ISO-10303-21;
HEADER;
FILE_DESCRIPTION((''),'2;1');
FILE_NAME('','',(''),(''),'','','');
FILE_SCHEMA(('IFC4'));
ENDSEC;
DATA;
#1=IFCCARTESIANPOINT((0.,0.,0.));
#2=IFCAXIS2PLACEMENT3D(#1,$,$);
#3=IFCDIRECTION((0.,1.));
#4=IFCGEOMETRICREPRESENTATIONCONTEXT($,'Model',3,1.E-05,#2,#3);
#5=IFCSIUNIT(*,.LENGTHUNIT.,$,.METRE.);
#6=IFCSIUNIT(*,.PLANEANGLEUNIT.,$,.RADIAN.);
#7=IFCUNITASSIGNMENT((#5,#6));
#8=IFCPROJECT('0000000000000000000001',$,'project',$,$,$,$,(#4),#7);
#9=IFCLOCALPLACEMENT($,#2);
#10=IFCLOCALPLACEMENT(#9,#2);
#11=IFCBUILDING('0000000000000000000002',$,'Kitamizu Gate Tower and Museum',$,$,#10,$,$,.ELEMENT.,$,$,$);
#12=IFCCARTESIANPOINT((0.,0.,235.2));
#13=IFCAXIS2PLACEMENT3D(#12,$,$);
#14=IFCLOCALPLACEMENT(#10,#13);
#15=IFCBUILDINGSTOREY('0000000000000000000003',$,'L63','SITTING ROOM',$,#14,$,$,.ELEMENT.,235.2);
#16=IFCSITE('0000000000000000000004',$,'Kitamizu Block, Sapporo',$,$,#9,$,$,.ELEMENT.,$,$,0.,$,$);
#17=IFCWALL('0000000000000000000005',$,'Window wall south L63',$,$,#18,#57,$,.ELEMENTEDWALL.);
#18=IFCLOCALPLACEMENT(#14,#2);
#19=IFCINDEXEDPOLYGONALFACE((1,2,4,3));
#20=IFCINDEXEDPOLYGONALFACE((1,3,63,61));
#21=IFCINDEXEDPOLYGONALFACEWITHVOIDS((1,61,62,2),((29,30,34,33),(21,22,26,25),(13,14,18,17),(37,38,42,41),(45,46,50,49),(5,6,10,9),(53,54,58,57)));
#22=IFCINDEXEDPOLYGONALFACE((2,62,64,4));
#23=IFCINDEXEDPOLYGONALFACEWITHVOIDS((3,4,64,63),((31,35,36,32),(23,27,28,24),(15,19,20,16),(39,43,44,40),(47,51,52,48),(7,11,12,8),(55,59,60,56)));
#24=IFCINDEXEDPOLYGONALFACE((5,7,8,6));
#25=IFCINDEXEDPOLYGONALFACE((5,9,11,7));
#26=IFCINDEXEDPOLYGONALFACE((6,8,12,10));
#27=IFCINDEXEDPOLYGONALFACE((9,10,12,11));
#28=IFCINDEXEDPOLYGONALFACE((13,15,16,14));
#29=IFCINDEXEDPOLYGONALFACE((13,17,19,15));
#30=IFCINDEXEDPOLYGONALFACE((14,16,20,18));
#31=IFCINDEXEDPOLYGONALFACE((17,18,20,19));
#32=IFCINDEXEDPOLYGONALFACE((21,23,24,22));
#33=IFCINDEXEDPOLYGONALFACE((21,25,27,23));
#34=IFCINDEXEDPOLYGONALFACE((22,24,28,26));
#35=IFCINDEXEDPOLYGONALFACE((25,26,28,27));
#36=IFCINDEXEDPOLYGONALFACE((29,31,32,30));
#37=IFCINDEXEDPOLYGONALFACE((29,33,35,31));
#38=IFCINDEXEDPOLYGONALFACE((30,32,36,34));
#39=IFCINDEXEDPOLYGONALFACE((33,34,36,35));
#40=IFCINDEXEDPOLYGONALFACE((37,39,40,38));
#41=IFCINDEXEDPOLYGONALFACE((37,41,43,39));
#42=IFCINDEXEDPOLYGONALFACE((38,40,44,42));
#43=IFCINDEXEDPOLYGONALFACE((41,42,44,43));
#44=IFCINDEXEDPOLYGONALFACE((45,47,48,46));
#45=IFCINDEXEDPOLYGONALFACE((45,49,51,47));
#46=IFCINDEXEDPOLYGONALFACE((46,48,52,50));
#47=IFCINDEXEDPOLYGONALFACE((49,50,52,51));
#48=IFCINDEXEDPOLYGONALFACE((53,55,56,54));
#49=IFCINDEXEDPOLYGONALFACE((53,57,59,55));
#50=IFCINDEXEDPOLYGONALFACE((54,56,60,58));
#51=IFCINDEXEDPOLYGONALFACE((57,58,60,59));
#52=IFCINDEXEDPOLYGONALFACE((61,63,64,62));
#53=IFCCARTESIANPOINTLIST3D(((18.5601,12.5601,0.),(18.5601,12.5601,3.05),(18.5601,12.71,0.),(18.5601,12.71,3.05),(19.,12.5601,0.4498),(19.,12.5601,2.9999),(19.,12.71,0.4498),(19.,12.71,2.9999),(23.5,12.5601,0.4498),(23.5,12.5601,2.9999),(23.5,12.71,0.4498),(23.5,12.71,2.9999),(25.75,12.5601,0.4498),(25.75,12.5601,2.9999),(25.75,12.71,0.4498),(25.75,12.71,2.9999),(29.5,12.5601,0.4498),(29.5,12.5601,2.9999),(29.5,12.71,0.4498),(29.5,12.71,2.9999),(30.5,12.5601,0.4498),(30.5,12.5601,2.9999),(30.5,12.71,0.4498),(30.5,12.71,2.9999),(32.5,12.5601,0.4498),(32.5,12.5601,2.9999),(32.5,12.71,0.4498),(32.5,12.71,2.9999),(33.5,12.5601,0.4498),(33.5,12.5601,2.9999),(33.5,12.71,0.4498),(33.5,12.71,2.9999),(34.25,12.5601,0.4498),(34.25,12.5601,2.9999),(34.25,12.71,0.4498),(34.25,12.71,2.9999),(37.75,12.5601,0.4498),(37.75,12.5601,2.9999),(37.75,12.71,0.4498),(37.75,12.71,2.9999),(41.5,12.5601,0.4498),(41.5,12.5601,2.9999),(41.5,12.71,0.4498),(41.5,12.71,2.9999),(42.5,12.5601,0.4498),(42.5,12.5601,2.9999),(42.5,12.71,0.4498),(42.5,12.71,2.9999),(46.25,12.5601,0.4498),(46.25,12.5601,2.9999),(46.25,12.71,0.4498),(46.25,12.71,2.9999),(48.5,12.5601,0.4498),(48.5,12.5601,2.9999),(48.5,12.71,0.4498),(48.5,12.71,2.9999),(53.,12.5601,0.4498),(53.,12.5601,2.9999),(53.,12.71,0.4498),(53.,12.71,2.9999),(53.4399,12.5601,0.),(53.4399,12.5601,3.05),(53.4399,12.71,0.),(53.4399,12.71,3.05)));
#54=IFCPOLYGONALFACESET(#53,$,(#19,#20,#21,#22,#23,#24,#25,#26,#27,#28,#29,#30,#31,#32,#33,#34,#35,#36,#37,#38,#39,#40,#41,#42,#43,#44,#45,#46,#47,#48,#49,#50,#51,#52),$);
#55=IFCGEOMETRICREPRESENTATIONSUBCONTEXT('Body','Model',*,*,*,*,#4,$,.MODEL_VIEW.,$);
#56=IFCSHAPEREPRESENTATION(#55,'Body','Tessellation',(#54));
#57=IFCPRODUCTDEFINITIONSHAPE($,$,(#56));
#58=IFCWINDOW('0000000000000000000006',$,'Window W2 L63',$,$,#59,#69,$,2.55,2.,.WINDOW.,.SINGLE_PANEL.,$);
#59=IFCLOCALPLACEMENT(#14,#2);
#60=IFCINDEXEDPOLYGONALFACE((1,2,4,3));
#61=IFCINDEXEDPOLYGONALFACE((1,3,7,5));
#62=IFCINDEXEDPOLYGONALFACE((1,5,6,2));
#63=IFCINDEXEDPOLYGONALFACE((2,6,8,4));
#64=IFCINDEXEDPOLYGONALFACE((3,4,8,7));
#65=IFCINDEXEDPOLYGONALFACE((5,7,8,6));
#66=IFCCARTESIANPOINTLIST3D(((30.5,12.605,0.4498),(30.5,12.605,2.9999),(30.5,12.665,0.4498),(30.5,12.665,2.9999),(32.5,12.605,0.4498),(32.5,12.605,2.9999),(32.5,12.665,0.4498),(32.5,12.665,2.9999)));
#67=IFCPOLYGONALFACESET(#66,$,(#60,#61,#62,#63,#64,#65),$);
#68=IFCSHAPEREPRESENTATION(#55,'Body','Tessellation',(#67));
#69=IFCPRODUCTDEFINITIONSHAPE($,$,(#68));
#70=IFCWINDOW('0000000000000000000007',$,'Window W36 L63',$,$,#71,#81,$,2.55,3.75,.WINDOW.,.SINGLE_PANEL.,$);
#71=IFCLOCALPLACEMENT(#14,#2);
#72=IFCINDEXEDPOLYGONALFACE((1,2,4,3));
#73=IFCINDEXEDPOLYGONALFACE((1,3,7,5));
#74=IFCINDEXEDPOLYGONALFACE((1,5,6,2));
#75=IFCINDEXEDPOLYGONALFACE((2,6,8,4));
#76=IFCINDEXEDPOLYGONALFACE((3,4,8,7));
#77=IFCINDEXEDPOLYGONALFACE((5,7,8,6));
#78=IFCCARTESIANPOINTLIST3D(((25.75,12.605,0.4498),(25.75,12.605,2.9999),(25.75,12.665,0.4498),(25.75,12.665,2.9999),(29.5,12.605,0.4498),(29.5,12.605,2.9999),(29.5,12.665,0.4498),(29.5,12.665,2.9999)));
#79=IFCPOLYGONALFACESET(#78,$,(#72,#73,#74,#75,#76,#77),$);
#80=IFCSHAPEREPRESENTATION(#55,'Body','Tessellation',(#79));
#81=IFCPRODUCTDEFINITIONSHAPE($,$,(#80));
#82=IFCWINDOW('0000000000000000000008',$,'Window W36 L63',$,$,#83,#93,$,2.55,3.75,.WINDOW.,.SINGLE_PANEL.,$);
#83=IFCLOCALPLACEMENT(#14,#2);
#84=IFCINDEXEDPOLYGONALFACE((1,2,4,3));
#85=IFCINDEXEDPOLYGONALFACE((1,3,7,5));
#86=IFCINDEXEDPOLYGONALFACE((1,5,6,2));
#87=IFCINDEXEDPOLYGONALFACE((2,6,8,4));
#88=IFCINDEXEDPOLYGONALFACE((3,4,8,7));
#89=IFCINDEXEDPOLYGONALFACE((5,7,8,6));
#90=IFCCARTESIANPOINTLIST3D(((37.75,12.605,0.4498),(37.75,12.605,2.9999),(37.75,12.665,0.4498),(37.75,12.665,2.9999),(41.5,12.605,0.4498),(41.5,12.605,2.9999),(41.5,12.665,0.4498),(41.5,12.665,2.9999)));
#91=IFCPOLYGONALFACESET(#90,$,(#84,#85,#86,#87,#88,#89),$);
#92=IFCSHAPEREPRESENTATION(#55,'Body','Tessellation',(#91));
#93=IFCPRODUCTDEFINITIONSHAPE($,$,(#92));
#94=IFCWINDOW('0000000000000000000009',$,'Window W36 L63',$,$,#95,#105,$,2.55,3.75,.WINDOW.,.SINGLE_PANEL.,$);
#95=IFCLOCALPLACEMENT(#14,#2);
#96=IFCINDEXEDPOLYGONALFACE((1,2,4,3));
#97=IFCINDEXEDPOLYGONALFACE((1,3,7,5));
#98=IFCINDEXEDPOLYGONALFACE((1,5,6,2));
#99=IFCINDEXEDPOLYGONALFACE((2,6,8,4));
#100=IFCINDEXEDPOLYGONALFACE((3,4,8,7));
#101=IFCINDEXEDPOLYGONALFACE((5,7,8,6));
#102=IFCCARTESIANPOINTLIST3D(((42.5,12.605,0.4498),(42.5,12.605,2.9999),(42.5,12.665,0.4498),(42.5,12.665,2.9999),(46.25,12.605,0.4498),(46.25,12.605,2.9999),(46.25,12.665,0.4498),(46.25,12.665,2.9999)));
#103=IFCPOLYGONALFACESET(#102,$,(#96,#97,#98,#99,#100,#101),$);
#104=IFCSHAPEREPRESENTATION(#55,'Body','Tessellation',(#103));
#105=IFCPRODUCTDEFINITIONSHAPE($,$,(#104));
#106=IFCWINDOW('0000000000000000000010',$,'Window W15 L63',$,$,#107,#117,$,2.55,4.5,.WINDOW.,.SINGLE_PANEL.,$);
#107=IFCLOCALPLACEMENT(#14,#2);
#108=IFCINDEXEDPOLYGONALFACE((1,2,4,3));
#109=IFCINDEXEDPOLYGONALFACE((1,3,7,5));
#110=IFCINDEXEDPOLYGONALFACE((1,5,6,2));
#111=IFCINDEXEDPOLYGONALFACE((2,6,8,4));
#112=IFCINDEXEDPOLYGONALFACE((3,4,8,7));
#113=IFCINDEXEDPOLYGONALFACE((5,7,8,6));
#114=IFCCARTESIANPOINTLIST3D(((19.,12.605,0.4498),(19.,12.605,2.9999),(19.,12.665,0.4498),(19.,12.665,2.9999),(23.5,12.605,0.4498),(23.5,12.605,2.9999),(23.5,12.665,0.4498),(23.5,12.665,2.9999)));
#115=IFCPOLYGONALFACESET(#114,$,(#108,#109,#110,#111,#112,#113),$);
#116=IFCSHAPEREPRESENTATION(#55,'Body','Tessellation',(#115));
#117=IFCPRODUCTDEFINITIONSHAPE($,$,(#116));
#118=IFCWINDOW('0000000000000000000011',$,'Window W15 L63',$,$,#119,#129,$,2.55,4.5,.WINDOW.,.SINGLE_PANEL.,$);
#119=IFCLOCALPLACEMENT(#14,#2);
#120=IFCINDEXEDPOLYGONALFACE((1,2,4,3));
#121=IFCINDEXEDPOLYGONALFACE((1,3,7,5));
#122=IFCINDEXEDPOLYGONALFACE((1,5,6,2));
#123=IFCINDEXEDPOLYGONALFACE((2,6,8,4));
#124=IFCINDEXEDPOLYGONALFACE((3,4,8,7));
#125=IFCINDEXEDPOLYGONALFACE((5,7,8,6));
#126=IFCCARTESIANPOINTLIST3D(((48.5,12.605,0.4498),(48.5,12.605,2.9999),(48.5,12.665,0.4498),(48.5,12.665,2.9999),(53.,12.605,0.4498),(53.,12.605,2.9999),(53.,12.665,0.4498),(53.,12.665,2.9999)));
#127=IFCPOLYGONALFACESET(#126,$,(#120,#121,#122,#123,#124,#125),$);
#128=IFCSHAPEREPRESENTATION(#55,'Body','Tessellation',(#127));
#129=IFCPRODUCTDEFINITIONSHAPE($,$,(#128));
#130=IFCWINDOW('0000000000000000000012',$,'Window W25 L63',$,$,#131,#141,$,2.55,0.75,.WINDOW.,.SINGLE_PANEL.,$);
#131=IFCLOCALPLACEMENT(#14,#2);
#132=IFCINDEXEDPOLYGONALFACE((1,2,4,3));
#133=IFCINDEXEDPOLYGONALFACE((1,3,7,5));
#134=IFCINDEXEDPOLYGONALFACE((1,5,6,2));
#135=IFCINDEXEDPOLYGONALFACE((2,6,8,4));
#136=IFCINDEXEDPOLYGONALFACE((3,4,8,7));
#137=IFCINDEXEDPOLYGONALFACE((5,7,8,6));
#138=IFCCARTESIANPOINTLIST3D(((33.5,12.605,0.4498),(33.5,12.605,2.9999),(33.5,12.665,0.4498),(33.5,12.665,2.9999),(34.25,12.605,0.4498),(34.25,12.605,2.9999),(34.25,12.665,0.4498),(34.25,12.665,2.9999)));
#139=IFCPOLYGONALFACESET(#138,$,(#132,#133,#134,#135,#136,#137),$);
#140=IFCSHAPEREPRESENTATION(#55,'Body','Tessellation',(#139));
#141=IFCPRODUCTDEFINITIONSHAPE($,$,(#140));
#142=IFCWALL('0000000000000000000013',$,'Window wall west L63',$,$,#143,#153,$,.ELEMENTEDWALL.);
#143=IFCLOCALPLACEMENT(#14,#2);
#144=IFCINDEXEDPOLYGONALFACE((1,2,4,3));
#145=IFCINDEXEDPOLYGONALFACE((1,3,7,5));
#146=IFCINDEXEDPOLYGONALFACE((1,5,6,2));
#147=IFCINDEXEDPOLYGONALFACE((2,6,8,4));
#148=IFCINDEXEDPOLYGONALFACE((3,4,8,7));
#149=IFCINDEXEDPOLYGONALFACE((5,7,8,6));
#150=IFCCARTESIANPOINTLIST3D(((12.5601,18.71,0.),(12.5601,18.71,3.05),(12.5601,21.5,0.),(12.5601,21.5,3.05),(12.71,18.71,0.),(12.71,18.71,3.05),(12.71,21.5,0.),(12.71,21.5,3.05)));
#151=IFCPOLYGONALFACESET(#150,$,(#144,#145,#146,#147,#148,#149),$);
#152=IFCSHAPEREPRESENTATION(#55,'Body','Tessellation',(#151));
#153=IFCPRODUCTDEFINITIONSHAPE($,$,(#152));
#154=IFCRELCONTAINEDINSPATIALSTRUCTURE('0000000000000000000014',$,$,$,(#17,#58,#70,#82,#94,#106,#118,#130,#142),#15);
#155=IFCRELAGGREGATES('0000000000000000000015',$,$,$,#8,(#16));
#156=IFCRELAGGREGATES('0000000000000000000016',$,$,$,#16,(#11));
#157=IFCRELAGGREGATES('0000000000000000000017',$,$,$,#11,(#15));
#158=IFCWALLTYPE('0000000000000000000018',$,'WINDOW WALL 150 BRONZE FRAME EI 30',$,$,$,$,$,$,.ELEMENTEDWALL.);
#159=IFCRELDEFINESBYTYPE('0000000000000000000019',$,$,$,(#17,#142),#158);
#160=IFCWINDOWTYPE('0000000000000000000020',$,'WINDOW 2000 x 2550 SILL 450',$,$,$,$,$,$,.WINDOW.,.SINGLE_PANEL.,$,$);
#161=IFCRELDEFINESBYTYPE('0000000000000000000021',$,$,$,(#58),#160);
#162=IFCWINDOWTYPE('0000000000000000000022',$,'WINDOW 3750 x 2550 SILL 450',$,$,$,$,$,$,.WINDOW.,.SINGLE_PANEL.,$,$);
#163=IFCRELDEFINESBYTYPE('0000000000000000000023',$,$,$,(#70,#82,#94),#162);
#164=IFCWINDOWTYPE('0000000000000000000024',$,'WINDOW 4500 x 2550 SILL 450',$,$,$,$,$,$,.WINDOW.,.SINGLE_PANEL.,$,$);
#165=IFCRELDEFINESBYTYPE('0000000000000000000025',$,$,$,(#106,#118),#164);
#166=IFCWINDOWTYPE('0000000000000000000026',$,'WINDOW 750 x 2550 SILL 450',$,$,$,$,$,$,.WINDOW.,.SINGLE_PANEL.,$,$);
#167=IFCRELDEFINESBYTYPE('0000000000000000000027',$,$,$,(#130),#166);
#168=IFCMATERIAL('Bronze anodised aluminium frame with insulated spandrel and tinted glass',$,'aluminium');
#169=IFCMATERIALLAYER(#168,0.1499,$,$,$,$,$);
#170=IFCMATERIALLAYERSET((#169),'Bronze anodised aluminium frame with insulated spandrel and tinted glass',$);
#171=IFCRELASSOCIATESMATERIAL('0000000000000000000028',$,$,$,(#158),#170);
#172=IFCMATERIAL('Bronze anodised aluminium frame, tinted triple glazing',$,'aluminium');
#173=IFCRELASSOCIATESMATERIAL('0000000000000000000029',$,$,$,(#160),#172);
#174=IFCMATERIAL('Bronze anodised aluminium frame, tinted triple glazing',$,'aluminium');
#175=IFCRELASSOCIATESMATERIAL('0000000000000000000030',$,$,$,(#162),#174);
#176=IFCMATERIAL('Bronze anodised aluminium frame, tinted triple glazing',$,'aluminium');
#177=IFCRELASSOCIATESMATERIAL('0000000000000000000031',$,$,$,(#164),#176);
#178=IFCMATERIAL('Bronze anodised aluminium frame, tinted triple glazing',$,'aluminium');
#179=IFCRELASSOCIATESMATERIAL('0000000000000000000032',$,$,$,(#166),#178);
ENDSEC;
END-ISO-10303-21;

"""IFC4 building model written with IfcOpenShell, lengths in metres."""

from ifc_helpers import new_model, si_unit, direction, frame, frame_2d, origin, place, context, subcontext, project, spatial, rectangle, extrude, material, layer, layer_set, type_object, element, fill, save


model = new_model("IFC4")

# Units and contexts
model_context = context("Model", 3, precision=1e-05, world=origin(), true_north=direction((0.0, 1.0)))
body_context = subcontext(model_context, "Body", "Model", "MODEL_VIEW")
ifc_project = project(units=[si_unit("LENGTHUNIT", "METRE"), si_unit("PLANEANGLEUNIT", "RADIAN")], contexts=[model_context])

# Site, building, storey
site_placement = place(None, origin())
site = spatial("IfcSite", under=ifc_project, at=site_placement, Name="Kitamizu Block, Sapporo", CompositionType="ELEMENT", RefElevation=0.0)
building_placement = place(site_placement, origin())
building = spatial("IfcBuilding", under=site, at=building_placement, Name="Kitamizu Gate Tower and Museum", CompositionType="ELEMENT")
storey_placement = place(building_placement, frame((0.0, 0.0, 235.2)))
storey = spatial("IfcBuildingStorey", under=building, at=storey_placement, Name="L63", Description="SITTING ROOM", CompositionType="ELEMENT", Elevation=235.2)

# Wall, openings, windows
ifc_material_1 = material(Name="Bronze anodised aluminium frame with insulated spandrel and tinted glass", Category="aluminium")
ifc_layer_1 = layer(ifc_material_1, 0.1499)
ifc_layer_set_1 = layer_set([ifc_layer_1], Name="Bronze anodised aluminium frame with insulated spandrel and tinted glass")
wall_type = type_object("IfcWallType", Name="WINDOW WALL 150 BRONZE FRAME EI 30", PredefinedType="ELEMENTEDWALL", material=ifc_layer_set_1)
wall_1_placement = place(storey_placement, frame((18.5601, 12.635, 0.0), z_axis=(0.0, 0.0, 1.0), x_axis=(1.0, 0.0, 0.0)))
wall_1 = element("IfcWall", 1, at=wall_1_placement, inside=storey, type_object=wall_type, Name="Window wall south L63", PredefinedType="ELEMENTEDWALL", context=body_context, shape_type="SweptSolid", body=[
    extrude(rectangle(XDim=34.8799, YDim=0.1499, at=frame_2d((17.4399, 0.0))), origin(), (0.0, 0.0, 1.0), 3.05),
])
opening_1_placement = place(wall_1_placement, frame((0.4399, 0.0, 0.45)))
opening_1 = element("IfcOpeningElement", 2, at=opening_1_placement, cuts=wall_1, PredefinedType="OPENING", context=body_context, shape_type="SweptSolid", body=[
    extrude(rectangle(XDim=4.5, YDim=2.55, at=frame_2d((2.25, 1.2749))), frame((0.0, 0.085, 0.0), z_axis=(0.0, -1.0, 0.0), x_axis=(1.0, 0.0, 0.0)), (0.0, 0.0, 1.0), 0.1699),
])
opening_2_placement = place(wall_1_placement, frame((7.1899, 0.0, 0.45)))
opening_2 = element("IfcOpeningElement", 3, at=opening_2_placement, cuts=wall_1, PredefinedType="OPENING", context=body_context, shape_type="SweptSolid", body=[
    extrude(rectangle(XDim=3.75, YDim=2.55, at=frame_2d((1.875, 1.2749))), frame((0.0, 0.085, 0.0), z_axis=(0.0, -1.0, 0.0), x_axis=(1.0, 0.0, 0.0)), (0.0, 0.0, 1.0), 0.1699),
])
opening_3_placement = place(wall_1_placement, frame((11.9399, 0.0, 0.45)))
opening_3 = element("IfcOpeningElement", 4, at=opening_3_placement, cuts=wall_1, PredefinedType="OPENING", context=body_context, shape_type="SweptSolid", body=[
    extrude(rectangle(XDim=2.0, YDim=2.55, at=frame_2d((1.0, 1.2749))), frame((0.0, 0.085, 0.0), z_axis=(0.0, -1.0, 0.0), x_axis=(1.0, 0.0, 0.0)), (0.0, 0.0, 1.0), 0.1699),
])
opening_4_placement = place(wall_1_placement, frame((14.9399, 0.0, 0.45)))
opening_4 = element("IfcOpeningElement", 5, at=opening_4_placement, cuts=wall_1, PredefinedType="OPENING", context=body_context, shape_type="SweptSolid", body=[
    extrude(rectangle(XDim=0.75, YDim=2.55, at=frame_2d((0.375, 1.2749))), frame((0.0, 0.085, 0.0), z_axis=(0.0, -1.0, 0.0), x_axis=(1.0, 0.0, 0.0)), (0.0, 0.0, 1.0), 0.1699),
])
opening_5_placement = place(wall_1_placement, frame((19.1899, 0.0, 0.45)))
opening_5 = element("IfcOpeningElement", 6, at=opening_5_placement, cuts=wall_1, PredefinedType="OPENING", context=body_context, shape_type="SweptSolid", body=[
    extrude(rectangle(XDim=3.75, YDim=2.55, at=frame_2d((1.875, 1.2749))), frame((0.0, 0.085, 0.0), z_axis=(0.0, -1.0, 0.0), x_axis=(1.0, 0.0, 0.0)), (0.0, 0.0, 1.0), 0.1699),
])
opening_6_placement = place(wall_1_placement, frame((23.9399, 0.0, 0.45)))
opening_6 = element("IfcOpeningElement", 7, at=opening_6_placement, cuts=wall_1, PredefinedType="OPENING", context=body_context, shape_type="SweptSolid", body=[
    extrude(rectangle(XDim=3.75, YDim=2.55, at=frame_2d((1.875, 1.2749))), frame((0.0, 0.085, 0.0), z_axis=(0.0, -1.0, 0.0), x_axis=(1.0, 0.0, 0.0)), (0.0, 0.0, 1.0), 0.1699),
])
opening_7_placement = place(wall_1_placement, frame((29.9399, 0.0, 0.45)))
opening_7 = element("IfcOpeningElement", 8, at=opening_7_placement, cuts=wall_1, PredefinedType="OPENING", context=body_context, shape_type="SweptSolid", body=[
    extrude(rectangle(XDim=4.5, YDim=2.55, at=frame_2d((2.25, 1.2749))), frame((0.0, 0.085, 0.0), z_axis=(0.0, -1.0, 0.0), x_axis=(1.0, 0.0, 0.0)), (0.0, 0.0, 1.0), 0.1699),
])
ifc_material_2 = material(Name="Bronze anodised aluminium frame, tinted triple glazing", Category="aluminium")
window_type_1 = type_object("IfcWindowType", Name="WINDOW 2000 x 2550 SILL 450", PartitioningType="SINGLE_PANEL", PredefinedType="WINDOW", material=ifc_material_2)
window_1_placement = place(opening_3_placement, origin())
window_1 = element("IfcWindow", 9, at=window_1_placement, inside=storey, type_object=window_type_1, Name="Window W2 L63", OverallHeight=2.55, OverallWidth=2.0, PartitioningType="SINGLE_PANEL", PredefinedType="WINDOW", context=body_context, shape_type="SweptSolid", body=[
    extrude(rectangle(XDim=2.0, YDim=2.55, at=frame_2d((1.0, 1.2749))), frame((0.0, 0.03, 0.0), z_axis=(0.0, -1.0, 0.0), x_axis=(1.0, 0.0, 0.0)), (0.0, 0.0, 1.0), 0.0601),
])
fill(opening_3, window_1)
ifc_material_3 = material(Name="Bronze anodised aluminium frame, tinted triple glazing", Category="aluminium")
window_type_2 = type_object("IfcWindowType", Name="WINDOW 3750 x 2550 SILL 450", PartitioningType="SINGLE_PANEL", PredefinedType="WINDOW", material=ifc_material_3)
window_2_placement = place(opening_2_placement, origin())
window_2 = element("IfcWindow", 10, at=window_2_placement, inside=storey, type_object=window_type_2, Name="Window W36 L63", OverallHeight=2.55, OverallWidth=3.75, PartitioningType="SINGLE_PANEL", PredefinedType="WINDOW", context=body_context, shape_type="SweptSolid", body=[
    extrude(rectangle(XDim=3.75, YDim=2.55, at=frame_2d((1.875, 1.2749))), frame((0.0, 0.03, 0.0), z_axis=(0.0, -1.0, 0.0), x_axis=(1.0, 0.0, 0.0)), (0.0, 0.0, 1.0), 0.0601),
])
fill(opening_2, window_2)
window_3_placement = place(opening_5_placement, origin())
window_3 = element("IfcWindow", 11, at=window_3_placement, inside=storey, type_object=window_type_2, Name="Window W36 L63", OverallHeight=2.55, OverallWidth=3.75, PartitioningType="SINGLE_PANEL", PredefinedType="WINDOW", context=body_context, shape_type="SweptSolid", body=[
    extrude(rectangle(XDim=3.75, YDim=2.55, at=frame_2d((1.875, 1.2749))), frame((0.0, 0.03, 0.0), z_axis=(0.0, -1.0, 0.0), x_axis=(1.0, 0.0, 0.0)), (0.0, 0.0, 1.0), 0.0601),
])
fill(opening_5, window_3)
window_4_placement = place(opening_6_placement, origin())
window_4 = element("IfcWindow", 12, at=window_4_placement, inside=storey, type_object=window_type_2, Name="Window W36 L63", OverallHeight=2.55, OverallWidth=3.75, PartitioningType="SINGLE_PANEL", PredefinedType="WINDOW", context=body_context, shape_type="SweptSolid", body=[
    extrude(rectangle(XDim=3.75, YDim=2.55, at=frame_2d((1.875, 1.2749))), frame((0.0, 0.03, 0.0), z_axis=(0.0, -1.0, 0.0), x_axis=(1.0, 0.0, 0.0)), (0.0, 0.0, 1.0), 0.0601),
])
fill(opening_6, window_4)
ifc_material_4 = material(Name="Bronze anodised aluminium frame, tinted triple glazing", Category="aluminium")
window_type_3 = type_object("IfcWindowType", Name="WINDOW 4500 x 2550 SILL 450", PartitioningType="SINGLE_PANEL", PredefinedType="WINDOW", material=ifc_material_4)
window_5_placement = place(opening_1_placement, origin())
window_5 = element("IfcWindow", 13, at=window_5_placement, inside=storey, type_object=window_type_3, Name="Window W15 L63", OverallHeight=2.55, OverallWidth=4.5, PartitioningType="SINGLE_PANEL", PredefinedType="WINDOW", context=body_context, shape_type="SweptSolid", body=[
    extrude(rectangle(XDim=4.5, YDim=2.55, at=frame_2d((2.25, 1.2749))), frame((0.0, 0.03, 0.0), z_axis=(0.0, -1.0, 0.0), x_axis=(1.0, 0.0, 0.0)), (0.0, 0.0, 1.0), 0.0601),
])
fill(opening_1, window_5)
window_6_placement = place(opening_7_placement, origin())
window_6 = element("IfcWindow", 14, at=window_6_placement, inside=storey, type_object=window_type_3, Name="Window W15 L63", OverallHeight=2.55, OverallWidth=4.5, PartitioningType="SINGLE_PANEL", PredefinedType="WINDOW", context=body_context, shape_type="SweptSolid", body=[
    extrude(rectangle(XDim=4.5, YDim=2.55, at=frame_2d((2.25, 1.2749))), frame((0.0, 0.03, 0.0), z_axis=(0.0, -1.0, 0.0), x_axis=(1.0, 0.0, 0.0)), (0.0, 0.0, 1.0), 0.0601),
])
fill(opening_7, window_6)
ifc_material_5 = material(Name="Bronze anodised aluminium frame, tinted triple glazing", Category="aluminium")
window_type_4 = type_object("IfcWindowType", Name="WINDOW 750 x 2550 SILL 450", PartitioningType="SINGLE_PANEL", PredefinedType="WINDOW", material=ifc_material_5)
window_7_placement = place(opening_4_placement, origin())
window_7 = element("IfcWindow", 15, at=window_7_placement, inside=storey, type_object=window_type_4, Name="Window W25 L63", OverallHeight=2.55, OverallWidth=0.75, PartitioningType="SINGLE_PANEL", PredefinedType="WINDOW", context=body_context, shape_type="SweptSolid", body=[
    extrude(rectangle(XDim=0.75, YDim=2.55, at=frame_2d((0.375, 1.2749))), frame((0.0, 0.03, 0.0), z_axis=(0.0, -1.0, 0.0), x_axis=(1.0, 0.0, 0.0)), (0.0, 0.0, 1.0), 0.0601),
])
fill(opening_4, window_7)

# Wall
wall_2_placement = place(storey_placement, frame((12.635, 18.71, 0.0), z_axis=(0.0, 0.0, 1.0), x_axis=(0.0, 1.0, 0.0)))
element("IfcWall", 16, at=wall_2_placement, inside=storey, type_object=wall_type, Name="Window wall west L63", PredefinedType="ELEMENTEDWALL", context=body_context, shape_type="SweptSolid", body=[
    extrude(rectangle(XDim=2.79, YDim=0.1499, at=frame_2d((1.395, 0.0))), origin(), (0.0, 0.0, 1.0), 3.05),
])

save(model, "model.ifc")
